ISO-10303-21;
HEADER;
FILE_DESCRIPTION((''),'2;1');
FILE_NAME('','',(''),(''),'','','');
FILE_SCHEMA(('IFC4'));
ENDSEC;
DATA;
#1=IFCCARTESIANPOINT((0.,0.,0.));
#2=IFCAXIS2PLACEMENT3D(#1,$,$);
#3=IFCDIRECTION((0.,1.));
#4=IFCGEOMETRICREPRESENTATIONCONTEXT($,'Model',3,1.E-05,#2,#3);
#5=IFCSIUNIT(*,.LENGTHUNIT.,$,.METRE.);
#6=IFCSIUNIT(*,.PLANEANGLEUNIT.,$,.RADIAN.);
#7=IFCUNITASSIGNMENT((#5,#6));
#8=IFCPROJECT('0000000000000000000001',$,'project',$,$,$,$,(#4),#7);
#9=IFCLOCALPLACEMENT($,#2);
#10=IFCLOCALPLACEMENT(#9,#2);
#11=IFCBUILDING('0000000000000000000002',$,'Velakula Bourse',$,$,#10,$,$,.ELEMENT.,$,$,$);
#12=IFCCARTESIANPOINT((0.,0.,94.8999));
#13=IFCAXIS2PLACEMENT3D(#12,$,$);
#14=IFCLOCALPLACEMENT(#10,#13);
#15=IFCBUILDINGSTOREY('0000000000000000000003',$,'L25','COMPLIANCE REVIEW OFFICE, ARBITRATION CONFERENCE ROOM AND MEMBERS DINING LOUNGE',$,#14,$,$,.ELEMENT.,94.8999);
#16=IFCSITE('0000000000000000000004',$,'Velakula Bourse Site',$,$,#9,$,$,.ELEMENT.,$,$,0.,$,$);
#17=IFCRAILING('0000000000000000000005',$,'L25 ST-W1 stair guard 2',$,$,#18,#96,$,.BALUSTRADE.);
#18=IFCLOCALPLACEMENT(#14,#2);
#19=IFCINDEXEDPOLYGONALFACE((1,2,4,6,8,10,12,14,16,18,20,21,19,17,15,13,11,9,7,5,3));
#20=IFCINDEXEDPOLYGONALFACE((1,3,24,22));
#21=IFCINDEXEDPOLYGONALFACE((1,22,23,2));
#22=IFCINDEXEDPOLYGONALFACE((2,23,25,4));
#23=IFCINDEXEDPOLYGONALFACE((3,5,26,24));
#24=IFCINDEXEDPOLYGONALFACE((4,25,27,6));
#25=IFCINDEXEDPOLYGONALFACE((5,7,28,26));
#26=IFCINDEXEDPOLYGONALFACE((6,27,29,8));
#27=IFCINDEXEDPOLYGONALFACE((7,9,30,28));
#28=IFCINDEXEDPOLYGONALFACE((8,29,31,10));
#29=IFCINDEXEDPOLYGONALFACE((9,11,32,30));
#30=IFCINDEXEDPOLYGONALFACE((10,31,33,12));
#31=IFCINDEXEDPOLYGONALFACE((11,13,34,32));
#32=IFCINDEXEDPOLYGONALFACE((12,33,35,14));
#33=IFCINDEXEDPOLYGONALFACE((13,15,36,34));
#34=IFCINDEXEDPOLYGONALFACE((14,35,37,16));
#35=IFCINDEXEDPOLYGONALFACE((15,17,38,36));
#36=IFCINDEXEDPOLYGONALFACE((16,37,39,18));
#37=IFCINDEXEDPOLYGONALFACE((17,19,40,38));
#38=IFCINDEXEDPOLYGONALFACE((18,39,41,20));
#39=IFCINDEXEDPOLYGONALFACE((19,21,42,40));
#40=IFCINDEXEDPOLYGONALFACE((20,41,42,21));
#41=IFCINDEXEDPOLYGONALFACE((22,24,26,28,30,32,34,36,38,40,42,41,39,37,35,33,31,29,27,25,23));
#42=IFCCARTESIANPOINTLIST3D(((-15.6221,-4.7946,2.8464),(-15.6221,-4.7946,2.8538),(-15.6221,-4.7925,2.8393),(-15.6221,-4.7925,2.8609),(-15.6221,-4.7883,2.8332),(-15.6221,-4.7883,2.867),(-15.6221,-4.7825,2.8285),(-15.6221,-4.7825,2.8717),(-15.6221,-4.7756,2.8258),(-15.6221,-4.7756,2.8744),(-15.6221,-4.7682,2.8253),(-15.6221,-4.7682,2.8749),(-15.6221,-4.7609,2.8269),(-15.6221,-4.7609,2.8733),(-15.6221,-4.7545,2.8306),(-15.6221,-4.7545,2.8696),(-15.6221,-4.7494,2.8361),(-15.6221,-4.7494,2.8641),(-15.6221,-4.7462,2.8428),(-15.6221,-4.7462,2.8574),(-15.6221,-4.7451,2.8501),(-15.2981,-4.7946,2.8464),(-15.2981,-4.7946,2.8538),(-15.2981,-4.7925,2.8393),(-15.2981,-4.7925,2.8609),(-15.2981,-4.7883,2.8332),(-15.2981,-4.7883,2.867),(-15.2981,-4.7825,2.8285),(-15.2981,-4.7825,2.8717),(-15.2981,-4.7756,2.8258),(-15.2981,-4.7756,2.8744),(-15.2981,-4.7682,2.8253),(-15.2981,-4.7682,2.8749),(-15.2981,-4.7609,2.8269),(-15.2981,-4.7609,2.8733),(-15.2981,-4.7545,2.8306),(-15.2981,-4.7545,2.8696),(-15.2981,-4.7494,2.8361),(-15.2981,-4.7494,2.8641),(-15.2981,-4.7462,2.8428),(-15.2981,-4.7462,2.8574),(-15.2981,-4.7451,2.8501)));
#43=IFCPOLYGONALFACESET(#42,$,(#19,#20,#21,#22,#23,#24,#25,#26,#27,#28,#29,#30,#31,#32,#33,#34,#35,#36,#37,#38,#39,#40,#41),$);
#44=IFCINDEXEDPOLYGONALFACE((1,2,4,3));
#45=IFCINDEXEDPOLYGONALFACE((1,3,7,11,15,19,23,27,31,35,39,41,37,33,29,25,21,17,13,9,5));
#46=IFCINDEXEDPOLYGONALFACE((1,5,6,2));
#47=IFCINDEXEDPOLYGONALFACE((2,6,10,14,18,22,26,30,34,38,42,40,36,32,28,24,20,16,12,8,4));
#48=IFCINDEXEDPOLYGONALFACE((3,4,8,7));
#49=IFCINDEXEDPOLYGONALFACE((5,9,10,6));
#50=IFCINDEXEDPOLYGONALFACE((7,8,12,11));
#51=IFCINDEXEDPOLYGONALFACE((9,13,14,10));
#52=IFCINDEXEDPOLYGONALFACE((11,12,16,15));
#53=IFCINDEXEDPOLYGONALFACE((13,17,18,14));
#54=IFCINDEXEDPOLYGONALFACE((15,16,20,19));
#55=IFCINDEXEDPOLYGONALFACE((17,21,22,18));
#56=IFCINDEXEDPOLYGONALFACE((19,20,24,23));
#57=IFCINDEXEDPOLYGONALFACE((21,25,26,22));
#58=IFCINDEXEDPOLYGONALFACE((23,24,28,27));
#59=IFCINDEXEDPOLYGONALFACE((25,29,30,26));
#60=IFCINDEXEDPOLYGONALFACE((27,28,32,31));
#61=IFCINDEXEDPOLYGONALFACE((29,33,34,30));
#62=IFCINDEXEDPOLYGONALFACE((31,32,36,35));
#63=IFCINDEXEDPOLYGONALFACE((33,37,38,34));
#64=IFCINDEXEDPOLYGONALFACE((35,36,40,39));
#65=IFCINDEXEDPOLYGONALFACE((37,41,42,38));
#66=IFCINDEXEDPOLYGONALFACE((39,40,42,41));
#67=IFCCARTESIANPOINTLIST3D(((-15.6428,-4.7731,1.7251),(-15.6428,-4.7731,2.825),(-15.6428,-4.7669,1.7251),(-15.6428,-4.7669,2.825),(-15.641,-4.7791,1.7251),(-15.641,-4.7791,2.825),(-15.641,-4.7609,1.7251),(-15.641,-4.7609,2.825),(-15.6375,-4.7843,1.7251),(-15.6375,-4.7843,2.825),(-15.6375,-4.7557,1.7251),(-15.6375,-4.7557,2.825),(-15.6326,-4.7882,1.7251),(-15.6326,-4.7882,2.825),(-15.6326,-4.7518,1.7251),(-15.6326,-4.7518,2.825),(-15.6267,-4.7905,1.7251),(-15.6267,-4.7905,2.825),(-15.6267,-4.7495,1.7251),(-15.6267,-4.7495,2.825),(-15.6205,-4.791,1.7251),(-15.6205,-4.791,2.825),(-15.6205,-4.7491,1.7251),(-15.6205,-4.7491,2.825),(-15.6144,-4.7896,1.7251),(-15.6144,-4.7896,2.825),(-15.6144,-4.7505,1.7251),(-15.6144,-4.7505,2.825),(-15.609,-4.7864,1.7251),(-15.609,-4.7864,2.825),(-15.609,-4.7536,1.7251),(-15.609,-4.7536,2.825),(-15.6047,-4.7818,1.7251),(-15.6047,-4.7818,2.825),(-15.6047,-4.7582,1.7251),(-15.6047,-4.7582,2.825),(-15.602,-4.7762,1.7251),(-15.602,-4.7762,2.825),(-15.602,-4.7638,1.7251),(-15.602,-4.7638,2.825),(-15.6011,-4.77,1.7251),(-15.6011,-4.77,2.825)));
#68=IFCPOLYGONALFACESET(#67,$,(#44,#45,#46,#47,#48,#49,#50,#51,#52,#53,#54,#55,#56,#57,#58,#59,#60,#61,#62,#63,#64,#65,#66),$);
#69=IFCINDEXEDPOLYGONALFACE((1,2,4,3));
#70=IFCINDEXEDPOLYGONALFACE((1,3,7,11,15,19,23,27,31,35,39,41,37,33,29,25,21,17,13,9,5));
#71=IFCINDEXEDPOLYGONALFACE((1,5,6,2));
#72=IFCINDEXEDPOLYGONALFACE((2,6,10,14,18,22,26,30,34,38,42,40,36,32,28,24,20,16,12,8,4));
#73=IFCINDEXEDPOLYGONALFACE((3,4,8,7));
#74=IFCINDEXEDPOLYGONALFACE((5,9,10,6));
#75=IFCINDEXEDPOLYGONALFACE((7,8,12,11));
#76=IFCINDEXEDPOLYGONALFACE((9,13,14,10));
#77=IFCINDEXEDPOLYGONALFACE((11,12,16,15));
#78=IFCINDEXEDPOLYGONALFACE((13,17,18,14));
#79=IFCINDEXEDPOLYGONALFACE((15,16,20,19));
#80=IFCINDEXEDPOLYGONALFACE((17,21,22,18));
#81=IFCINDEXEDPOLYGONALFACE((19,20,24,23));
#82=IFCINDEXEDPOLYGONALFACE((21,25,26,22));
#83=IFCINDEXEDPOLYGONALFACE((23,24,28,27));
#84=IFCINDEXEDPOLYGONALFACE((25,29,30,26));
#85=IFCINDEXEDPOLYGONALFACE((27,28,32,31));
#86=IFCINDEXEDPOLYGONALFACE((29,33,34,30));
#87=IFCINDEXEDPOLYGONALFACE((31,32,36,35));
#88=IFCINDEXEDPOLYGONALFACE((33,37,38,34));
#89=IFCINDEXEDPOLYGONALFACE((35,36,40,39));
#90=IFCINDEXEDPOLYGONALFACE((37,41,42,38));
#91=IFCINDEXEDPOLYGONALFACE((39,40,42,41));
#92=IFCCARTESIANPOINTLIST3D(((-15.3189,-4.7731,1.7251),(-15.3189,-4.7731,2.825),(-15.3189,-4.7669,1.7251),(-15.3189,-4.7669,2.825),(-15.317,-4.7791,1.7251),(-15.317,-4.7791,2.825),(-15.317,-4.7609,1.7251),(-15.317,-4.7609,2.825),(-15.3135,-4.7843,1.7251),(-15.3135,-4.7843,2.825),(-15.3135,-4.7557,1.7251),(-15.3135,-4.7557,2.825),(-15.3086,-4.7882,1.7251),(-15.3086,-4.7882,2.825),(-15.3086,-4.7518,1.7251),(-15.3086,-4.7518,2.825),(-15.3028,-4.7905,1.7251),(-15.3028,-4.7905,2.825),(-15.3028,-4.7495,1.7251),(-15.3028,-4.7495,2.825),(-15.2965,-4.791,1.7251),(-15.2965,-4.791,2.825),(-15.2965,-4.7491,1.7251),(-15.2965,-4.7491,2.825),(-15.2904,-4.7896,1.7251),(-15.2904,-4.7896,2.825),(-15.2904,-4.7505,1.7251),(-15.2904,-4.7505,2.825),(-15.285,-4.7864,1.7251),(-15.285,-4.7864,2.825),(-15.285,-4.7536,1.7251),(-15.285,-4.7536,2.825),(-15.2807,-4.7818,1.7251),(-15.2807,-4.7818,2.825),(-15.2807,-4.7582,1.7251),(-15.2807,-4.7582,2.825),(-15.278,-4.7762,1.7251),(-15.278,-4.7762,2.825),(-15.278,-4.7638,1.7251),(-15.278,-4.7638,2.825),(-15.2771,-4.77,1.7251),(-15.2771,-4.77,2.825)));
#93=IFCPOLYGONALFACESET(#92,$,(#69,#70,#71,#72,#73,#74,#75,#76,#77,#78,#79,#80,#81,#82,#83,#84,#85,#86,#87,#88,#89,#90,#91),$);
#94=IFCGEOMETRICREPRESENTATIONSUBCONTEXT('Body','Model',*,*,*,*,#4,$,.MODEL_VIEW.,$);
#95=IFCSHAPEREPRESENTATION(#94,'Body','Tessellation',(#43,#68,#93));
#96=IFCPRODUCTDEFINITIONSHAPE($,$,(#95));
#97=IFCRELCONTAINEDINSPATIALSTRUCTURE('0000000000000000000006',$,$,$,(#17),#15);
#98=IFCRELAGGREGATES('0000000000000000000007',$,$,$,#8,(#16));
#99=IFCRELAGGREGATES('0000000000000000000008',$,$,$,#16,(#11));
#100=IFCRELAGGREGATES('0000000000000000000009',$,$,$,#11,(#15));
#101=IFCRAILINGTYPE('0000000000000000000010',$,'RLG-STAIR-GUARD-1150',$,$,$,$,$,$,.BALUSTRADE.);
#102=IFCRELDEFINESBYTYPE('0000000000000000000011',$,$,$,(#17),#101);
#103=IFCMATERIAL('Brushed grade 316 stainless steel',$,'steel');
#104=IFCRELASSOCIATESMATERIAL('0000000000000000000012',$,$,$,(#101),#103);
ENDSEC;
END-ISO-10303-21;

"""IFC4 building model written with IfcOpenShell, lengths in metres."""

from ifc_helpers import new_model, si_unit, direction, frame, origin, origin_2d, place, context, subcontext, project, spatial, circle, extrude, material, type_object, element, save


model = new_model("IFC4")

# Units and contexts
model_context = context("Model", 3, precision=1e-05, world=origin(), true_north=direction((0.0, 1.0)))
body_context = subcontext(model_context, "Body", "Model", "MODEL_VIEW")
ifc_project = project(units=[si_unit("LENGTHUNIT", "METRE"), si_unit("PLANEANGLEUNIT", "RADIAN")], contexts=[model_context])

# Site, building, storey
site_placement = place(None, origin())
site = spatial("IfcSite", under=ifc_project, at=site_placement, Name="Velakula Bourse Site", CompositionType="ELEMENT", RefElevation=0.0)
building_placement = place(site_placement, origin())
building = spatial("IfcBuilding", under=site, at=building_placement, Name="Velakula Bourse", CompositionType="ELEMENT")
storey_placement = place(building_placement, frame((0.0, 0.0, 94.8999)))
storey = spatial("IfcBuildingStorey", under=building, at=storey_placement, Name="L25", Description="COMPLIANCE REVIEW OFFICE, ARBITRATION CONFERENCE ROOM AND MEMBERS DINING LOUNGE", CompositionType="ELEMENT", Elevation=94.8999)

# Shared definitions
ifc_material_1 = material(Name="Brushed grade 316 stainless steel", Category="steel")

# Railing
railing_type_1 = type_object("IfcRailingType", Name="RLG-STAIR-GUARD-1150", PredefinedType="BALUSTRADE", material=ifc_material_1)
railing_1_placement = place(storey_placement, frame((-15.6221, -4.77, 1.7251)))
element("IfcRailing", 1, at=railing_1_placement, inside=storey, type_object=railing_type_1, Name="L25 ST-W1 stair guard 2", PredefinedType="BALUSTRADE", context=body_context, shape_type="SweptSolid", body=[
    extrude(circle(Radius=0.0249, at=origin_2d()), frame((0.0, 0.0, 1.125), z_axis=(1.0, 0.0, 0.0), x_axis=(0.0, 1.0, 0.0)), (0.0, 0.0, 1.0), 0.324),
    extrude(circle(Radius=0.021, at=origin_2d()), origin(), (0.0, 0.0, 1.0), 1.0999),
    extrude(circle(Radius=0.021, at=origin_2d()), frame((0.324, 0.0, 0.0)), (0.0, 0.0, 1.0), 1.0999),
])

save(model, "model.ifc")
